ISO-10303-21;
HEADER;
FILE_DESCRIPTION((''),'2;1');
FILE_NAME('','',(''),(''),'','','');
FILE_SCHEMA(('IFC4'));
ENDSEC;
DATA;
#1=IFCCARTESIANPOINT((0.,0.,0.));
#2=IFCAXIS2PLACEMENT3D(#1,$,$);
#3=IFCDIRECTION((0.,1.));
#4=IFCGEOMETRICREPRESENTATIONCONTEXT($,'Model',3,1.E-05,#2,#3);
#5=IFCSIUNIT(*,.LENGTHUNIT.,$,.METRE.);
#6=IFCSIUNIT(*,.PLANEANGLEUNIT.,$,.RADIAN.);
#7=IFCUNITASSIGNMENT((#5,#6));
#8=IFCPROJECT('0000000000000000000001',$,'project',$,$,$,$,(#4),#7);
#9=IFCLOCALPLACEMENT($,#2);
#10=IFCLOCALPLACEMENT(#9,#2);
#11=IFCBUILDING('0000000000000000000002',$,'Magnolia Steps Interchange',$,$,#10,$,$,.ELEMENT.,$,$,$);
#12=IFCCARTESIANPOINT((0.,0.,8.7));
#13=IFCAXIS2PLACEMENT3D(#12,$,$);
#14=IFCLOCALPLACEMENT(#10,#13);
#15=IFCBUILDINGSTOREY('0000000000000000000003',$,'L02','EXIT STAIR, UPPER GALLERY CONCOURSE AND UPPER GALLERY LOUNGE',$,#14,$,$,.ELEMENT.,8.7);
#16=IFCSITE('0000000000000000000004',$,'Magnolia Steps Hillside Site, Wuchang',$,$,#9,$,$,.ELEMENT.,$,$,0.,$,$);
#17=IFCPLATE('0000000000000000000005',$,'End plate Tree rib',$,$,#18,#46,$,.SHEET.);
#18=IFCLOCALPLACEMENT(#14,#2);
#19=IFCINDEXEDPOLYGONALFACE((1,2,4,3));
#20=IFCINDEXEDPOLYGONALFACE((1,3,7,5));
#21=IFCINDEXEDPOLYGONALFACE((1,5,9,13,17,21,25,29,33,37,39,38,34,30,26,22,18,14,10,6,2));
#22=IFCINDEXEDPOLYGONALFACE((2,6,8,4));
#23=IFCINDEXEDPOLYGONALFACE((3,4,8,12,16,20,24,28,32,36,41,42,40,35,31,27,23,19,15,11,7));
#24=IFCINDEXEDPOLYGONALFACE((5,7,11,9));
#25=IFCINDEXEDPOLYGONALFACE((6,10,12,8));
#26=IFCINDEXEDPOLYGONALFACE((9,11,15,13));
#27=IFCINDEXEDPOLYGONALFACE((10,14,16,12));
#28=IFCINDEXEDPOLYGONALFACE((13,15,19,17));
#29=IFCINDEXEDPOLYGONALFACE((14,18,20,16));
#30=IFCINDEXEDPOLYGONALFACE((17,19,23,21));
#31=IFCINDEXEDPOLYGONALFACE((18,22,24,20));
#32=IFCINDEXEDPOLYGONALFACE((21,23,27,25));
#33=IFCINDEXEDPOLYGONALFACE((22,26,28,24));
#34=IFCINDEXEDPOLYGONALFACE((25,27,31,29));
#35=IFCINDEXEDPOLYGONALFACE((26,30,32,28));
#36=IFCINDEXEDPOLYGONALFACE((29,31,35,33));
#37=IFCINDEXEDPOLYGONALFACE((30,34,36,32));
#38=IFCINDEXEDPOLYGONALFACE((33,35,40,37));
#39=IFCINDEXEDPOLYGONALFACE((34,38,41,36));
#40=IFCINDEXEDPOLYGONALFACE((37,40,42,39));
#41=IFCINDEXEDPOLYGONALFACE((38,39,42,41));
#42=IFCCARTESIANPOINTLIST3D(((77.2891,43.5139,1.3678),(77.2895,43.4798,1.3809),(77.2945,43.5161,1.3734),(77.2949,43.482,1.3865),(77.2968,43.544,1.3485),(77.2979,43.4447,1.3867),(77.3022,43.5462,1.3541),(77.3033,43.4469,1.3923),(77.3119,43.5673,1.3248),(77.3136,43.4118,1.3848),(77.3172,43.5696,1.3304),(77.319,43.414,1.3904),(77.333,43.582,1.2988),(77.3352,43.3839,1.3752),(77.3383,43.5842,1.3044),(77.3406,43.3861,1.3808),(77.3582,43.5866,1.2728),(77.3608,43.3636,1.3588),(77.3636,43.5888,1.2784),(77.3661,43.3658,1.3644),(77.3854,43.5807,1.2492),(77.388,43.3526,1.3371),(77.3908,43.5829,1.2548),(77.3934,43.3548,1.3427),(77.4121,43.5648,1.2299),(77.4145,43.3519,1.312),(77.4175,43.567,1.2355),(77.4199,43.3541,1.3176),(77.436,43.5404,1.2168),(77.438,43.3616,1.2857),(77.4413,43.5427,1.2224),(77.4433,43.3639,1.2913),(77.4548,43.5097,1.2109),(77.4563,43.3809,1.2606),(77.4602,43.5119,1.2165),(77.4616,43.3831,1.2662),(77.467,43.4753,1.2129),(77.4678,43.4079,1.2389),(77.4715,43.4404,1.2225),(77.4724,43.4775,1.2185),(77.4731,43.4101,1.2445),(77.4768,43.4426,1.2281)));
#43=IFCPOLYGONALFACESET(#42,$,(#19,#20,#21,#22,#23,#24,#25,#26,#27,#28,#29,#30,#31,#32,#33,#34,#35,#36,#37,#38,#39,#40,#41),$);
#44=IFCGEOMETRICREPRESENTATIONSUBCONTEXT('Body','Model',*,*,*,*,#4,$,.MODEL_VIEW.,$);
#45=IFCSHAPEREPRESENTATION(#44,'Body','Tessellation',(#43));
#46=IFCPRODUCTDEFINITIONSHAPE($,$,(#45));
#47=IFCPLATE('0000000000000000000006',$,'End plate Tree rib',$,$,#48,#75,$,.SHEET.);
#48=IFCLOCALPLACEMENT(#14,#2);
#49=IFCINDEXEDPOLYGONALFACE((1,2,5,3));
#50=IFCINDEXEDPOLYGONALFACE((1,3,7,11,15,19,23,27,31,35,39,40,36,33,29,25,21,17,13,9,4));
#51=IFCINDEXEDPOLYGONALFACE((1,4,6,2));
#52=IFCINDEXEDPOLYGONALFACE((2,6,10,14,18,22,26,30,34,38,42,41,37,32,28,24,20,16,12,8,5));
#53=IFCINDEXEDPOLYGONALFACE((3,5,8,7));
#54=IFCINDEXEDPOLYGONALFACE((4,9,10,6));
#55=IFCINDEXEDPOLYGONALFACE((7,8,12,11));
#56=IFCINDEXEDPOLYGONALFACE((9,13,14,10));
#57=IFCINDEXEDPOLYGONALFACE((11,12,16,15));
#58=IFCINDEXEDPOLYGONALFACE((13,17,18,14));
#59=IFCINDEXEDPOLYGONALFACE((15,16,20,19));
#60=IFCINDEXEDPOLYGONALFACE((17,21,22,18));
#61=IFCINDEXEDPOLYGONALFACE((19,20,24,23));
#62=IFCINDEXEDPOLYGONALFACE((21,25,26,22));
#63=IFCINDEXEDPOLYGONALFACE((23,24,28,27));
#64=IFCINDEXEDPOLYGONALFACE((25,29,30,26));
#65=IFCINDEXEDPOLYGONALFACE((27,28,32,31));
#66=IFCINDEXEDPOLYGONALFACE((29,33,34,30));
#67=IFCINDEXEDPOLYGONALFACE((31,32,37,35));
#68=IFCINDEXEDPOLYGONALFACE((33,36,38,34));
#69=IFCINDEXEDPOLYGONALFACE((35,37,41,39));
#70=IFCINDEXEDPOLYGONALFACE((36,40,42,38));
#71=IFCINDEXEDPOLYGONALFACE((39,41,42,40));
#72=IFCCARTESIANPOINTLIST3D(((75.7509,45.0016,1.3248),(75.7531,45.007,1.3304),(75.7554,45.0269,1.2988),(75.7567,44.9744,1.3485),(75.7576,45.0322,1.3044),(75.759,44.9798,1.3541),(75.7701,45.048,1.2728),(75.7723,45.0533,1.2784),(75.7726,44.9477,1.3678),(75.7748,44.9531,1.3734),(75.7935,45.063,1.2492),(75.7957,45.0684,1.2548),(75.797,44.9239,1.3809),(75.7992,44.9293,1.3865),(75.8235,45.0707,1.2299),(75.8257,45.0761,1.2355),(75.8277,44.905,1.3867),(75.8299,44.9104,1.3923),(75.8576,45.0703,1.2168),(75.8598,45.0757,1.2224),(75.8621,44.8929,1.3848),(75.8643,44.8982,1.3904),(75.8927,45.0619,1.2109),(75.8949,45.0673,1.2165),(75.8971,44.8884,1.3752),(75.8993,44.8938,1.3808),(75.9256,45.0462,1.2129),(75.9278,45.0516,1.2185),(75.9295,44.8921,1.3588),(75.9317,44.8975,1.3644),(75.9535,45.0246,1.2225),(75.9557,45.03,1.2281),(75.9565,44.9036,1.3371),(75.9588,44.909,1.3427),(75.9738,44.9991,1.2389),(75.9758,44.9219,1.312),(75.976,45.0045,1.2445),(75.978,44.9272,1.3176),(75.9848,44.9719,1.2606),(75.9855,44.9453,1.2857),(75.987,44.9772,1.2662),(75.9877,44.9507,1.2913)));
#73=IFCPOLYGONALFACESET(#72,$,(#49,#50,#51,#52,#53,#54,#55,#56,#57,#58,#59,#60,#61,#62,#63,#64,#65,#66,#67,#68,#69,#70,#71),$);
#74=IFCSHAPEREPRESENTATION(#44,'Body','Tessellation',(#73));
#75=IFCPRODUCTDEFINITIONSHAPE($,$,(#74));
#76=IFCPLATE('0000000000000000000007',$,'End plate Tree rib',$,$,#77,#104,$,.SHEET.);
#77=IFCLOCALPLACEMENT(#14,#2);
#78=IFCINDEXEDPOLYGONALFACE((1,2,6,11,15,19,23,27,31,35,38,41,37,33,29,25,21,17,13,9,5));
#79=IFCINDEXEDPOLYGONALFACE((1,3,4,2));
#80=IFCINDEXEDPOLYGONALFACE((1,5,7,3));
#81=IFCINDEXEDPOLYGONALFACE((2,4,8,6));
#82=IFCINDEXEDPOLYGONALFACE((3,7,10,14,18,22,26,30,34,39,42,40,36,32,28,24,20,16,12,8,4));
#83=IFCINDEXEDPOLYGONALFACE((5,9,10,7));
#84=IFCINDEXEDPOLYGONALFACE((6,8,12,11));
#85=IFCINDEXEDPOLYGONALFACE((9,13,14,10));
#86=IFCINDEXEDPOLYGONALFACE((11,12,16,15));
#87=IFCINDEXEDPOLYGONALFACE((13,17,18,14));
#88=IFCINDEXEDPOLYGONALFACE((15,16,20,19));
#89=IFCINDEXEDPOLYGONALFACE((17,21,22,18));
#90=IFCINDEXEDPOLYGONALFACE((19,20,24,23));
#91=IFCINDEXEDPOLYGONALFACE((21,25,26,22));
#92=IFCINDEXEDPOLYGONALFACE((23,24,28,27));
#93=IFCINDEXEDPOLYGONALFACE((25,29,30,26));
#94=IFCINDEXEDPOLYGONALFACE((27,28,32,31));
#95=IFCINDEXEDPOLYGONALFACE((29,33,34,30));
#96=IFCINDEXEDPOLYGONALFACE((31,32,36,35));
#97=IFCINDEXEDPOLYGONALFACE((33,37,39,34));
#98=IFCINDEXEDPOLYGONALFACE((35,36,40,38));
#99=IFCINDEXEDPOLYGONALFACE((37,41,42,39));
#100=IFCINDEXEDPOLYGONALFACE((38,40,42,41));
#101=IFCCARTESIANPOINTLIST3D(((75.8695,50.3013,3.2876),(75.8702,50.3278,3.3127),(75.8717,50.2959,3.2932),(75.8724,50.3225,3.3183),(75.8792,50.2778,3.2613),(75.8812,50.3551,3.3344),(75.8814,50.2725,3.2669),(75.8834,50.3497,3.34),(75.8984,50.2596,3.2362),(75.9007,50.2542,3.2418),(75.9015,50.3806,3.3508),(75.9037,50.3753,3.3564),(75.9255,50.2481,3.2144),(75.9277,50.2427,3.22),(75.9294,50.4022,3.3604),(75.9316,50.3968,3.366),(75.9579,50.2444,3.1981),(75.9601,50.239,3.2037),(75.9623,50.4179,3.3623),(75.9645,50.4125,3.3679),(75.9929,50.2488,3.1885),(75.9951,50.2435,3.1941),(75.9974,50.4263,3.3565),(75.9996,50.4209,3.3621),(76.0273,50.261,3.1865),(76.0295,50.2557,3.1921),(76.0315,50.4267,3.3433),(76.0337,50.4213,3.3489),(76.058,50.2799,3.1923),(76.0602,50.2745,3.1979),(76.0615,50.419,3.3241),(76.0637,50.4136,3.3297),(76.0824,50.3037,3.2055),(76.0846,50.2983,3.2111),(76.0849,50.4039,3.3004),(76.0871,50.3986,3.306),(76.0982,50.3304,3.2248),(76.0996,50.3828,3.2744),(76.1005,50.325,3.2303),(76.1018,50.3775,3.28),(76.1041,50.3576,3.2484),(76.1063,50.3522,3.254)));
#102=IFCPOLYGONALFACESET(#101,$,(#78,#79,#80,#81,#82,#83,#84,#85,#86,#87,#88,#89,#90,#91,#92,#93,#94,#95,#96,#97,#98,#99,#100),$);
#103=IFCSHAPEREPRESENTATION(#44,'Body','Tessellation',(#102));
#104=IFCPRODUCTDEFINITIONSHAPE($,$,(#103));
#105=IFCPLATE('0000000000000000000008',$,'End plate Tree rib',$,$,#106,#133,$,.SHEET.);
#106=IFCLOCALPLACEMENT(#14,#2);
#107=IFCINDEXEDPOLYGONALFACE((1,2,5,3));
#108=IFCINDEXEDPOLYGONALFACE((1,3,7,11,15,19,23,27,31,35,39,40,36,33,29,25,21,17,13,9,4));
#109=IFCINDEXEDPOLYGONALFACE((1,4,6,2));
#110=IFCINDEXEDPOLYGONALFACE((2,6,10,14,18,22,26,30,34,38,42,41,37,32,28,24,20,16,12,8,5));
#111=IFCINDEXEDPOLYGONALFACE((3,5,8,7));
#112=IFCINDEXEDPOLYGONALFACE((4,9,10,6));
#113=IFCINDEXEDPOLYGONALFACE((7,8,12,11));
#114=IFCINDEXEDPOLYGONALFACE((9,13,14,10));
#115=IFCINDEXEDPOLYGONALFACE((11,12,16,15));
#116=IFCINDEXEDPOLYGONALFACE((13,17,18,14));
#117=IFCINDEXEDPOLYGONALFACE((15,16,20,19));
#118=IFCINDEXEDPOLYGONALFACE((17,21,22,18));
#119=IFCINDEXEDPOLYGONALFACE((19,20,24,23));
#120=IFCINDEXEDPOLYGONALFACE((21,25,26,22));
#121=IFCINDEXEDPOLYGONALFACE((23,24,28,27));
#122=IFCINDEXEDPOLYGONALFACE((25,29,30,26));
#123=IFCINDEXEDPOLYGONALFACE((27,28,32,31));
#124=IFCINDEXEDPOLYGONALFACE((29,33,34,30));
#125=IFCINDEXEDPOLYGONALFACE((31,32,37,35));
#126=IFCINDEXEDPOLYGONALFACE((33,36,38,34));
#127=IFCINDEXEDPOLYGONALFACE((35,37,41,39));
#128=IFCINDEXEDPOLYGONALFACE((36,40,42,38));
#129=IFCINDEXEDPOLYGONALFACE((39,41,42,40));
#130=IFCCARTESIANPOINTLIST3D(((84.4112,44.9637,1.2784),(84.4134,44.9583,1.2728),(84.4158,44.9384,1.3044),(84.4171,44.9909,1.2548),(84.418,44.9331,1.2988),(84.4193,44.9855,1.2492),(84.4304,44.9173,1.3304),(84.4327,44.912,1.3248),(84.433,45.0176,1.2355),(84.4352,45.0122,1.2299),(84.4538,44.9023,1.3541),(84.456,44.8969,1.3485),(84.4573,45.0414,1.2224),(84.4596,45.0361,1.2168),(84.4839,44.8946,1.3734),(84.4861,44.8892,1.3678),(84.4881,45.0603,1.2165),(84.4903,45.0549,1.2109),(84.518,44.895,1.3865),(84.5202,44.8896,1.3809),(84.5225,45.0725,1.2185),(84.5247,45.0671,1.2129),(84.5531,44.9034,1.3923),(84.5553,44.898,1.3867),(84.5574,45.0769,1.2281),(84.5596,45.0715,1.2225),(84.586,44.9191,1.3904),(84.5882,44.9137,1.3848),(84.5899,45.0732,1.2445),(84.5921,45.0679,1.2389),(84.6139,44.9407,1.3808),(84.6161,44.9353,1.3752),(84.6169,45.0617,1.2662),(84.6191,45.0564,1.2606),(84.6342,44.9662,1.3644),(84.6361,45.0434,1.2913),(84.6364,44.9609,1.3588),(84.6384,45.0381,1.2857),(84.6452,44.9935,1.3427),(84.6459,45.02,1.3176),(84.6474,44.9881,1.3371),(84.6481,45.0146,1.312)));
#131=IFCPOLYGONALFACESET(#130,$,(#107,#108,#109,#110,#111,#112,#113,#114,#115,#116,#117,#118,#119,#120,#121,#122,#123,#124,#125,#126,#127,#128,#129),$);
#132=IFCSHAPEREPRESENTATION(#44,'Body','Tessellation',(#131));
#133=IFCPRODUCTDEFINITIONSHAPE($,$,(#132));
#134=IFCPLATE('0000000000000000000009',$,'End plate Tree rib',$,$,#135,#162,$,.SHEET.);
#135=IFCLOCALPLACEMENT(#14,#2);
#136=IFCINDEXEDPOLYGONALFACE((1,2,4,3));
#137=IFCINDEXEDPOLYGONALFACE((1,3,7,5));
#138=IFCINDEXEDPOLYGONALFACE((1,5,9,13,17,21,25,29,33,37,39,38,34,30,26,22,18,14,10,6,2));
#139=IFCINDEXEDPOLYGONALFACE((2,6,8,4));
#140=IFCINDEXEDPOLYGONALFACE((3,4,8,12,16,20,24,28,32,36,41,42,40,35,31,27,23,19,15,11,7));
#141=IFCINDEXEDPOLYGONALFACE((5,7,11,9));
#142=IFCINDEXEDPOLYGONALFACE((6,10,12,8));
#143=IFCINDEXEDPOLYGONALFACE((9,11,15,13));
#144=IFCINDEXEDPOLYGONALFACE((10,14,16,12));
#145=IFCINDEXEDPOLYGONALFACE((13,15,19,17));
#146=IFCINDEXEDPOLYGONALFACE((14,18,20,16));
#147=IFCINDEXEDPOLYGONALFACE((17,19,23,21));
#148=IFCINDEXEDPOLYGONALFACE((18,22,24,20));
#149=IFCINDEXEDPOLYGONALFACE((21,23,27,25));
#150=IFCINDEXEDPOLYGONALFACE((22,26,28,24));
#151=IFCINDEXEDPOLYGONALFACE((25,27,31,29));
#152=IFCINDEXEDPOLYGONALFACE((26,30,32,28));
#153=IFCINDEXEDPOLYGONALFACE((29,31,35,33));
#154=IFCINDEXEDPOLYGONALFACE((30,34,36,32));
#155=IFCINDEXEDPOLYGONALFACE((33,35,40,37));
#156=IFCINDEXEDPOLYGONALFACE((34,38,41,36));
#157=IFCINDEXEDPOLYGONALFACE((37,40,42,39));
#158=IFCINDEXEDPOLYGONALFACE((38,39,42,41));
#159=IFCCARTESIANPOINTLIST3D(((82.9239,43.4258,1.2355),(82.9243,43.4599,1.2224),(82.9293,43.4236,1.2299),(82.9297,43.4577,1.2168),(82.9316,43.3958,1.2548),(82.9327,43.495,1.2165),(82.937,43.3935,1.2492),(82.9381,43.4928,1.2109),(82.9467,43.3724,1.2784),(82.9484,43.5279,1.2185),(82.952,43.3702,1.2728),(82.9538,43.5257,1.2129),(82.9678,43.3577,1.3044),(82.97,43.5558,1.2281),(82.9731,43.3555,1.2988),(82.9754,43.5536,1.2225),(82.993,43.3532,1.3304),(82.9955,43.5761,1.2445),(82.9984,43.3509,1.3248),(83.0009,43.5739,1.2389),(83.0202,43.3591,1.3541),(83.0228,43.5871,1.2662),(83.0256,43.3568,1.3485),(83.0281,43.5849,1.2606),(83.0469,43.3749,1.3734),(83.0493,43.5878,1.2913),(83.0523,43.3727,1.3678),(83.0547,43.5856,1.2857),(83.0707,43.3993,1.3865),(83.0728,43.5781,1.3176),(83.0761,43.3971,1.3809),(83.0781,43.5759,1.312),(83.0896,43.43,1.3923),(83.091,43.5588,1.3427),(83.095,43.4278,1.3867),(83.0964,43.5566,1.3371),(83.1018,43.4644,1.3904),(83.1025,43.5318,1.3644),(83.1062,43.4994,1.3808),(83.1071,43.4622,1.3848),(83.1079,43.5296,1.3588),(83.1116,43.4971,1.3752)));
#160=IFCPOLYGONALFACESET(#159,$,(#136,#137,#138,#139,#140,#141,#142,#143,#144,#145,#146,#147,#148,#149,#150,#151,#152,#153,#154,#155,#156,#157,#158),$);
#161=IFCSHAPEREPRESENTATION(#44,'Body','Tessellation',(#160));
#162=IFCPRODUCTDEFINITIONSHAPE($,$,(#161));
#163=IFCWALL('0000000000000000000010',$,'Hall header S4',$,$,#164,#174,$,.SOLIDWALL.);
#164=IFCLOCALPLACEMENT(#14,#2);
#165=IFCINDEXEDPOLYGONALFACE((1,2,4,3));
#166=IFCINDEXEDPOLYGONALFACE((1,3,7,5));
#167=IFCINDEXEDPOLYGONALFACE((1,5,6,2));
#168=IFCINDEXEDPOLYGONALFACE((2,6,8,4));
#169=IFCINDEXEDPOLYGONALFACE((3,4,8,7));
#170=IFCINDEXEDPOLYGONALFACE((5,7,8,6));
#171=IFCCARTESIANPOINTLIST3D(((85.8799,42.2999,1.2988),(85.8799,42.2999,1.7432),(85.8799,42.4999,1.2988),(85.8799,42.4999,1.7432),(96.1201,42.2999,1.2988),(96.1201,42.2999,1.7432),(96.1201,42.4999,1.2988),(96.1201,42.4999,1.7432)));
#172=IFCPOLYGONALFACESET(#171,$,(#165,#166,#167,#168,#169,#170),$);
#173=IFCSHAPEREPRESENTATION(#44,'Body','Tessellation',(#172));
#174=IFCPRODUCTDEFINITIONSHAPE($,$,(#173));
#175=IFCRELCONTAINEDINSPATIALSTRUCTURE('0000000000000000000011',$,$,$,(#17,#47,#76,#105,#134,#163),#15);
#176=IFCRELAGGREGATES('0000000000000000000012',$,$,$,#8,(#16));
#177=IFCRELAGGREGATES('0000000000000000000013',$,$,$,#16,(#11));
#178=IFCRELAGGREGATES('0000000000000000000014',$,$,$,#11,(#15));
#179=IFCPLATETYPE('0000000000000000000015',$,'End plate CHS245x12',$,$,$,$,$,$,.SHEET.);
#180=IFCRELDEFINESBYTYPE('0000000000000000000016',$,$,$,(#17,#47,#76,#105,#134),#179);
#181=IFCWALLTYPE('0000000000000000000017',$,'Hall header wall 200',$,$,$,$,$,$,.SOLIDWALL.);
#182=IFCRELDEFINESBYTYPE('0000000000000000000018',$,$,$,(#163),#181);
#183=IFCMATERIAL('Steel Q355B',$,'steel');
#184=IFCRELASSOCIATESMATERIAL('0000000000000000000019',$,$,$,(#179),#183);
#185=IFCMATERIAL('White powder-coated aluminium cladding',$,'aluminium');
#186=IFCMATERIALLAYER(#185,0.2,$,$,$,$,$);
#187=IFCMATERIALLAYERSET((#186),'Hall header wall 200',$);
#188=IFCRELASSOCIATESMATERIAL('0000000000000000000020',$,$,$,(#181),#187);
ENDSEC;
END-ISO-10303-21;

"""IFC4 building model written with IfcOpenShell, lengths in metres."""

from ifc_helpers import new_model, si_unit, direction, frame, frame_2d, origin, origin_2d, place, context, subcontext, project, spatial, rectangle, circle, extrude, material, layer, layer_set, material_profile, profile_set, type_object, element, save


model = new_model("IFC4")

# Units and contexts
model_context = context("Model", 3, precision=1e-05, world=origin(), true_north=direction((0.0, 1.0)))
body_context = subcontext(model_context, "Body", "Model", "MODEL_VIEW")
ifc_project = project(units=[si_unit("LENGTHUNIT", "METRE"), si_unit("PLANEANGLEUNIT", "RADIAN")], contexts=[model_context])

# Site, building, storey
site_placement = place(None, origin())
site = spatial("IfcSite", under=ifc_project, at=site_placement, Name="Magnolia Steps Hillside Site, Wuchang", CompositionType="ELEMENT", RefElevation=0.0)
building_placement = place(site_placement, origin())
building = spatial("IfcBuilding", under=site, at=building_placement, Name="Magnolia Steps Interchange", CompositionType="ELEMENT")
storey_placement = place(building_placement, frame((0.0, 0.0, 8.7)))
storey = spatial("IfcBuildingStorey", under=building, at=storey_placement, Name="L02", Description="EXIT STAIR, UPPER GALLERY CONCOURSE AND UPPER GALLERY LOUNGE", CompositionType="ELEMENT", Elevation=8.7)

# Plates
ifc_material_1 = material(Name="Steel Q355B", Category="steel")
ifc_material_profile_1 = material_profile(ifc_material_1, circle(Radius=0.1226, at=origin_2d()), Name="End plate CHS245x12")
ifc_profile_set_1 = profile_set([ifc_material_profile_1], Name="Steel Q355B")
plate_type = type_object("IfcPlateType", Name="End plate CHS245x12", PredefinedType="SHEET", material=ifc_profile_set_1)
for number, where, z_axis, x_axis, name in (
    (1, (77.3799, 43.4688, 1.2988), (0.664583, 0.275279, 0.694658), (-0.382683, 0.92388, 0.0), "End plate Tree rib"),
    (2, (75.8687, 44.98, 1.2988), (0.275279, 0.664583, 0.694658), (-0.92388, 0.382683, 0.0), "End plate Tree rib"),
    (3, (75.9863, 50.3359, 3.2744), (0.275279, -0.664583, 0.694658), (0.92388, 0.382683, 0.0), "End plate Tree rib"),
    (4, (84.5312, 44.98, 1.2988), (-0.275279, 0.664583, 0.694658), (-0.92388, -0.382683, 0.0), "End plate Tree rib"),
    (5, (83.02, 43.4688, 1.2988), (-0.664583, 0.275279, 0.694658), (-0.382683, -0.92388, 0.0), "End plate Tree rib"),
):
    element("IfcPlate", number, at=place(storey_placement, frame(where, z_axis=z_axis, x_axis=x_axis)), inside=storey, type_object=plate_type, Name=name, PredefinedType="SHEET", context=body_context, shape_type="SweptSolid", body=[
        extrude(circle(Radius=0.1226, at=origin_2d()), origin(), (0.0, 0.0, 1.0), 0.0081),
    ])

# Wall
ifc_material_2 = material(Name="White powder-coated aluminium cladding", Category="aluminium")
ifc_layer_1 = layer(ifc_material_2, 0.2)
ifc_layer_set_1 = layer_set([ifc_layer_1], Name="Hall header wall 200")
wall_type = type_object("IfcWallType", Name="Hall header wall 200", PredefinedType="SOLIDWALL", material=ifc_layer_set_1)
wall_placement = place(storey_placement, frame((85.8799, 42.3999, 1.2988), z_axis=(0.0, 0.0, 1.0), x_axis=(1.0, 0.0, 0.0)))
element("IfcWall", 6, at=wall_placement, inside=storey, type_object=wall_type, Name="Hall header S4", PredefinedType="SOLIDWALL", context=body_context, shape_type="SweptSolid", body=[
    extrude(rectangle(XDim=10.2402, YDim=0.2, at=frame_2d((5.1201, 0.0))), origin(), (0.0, 0.0, 1.0), 0.4443),
])

save(model, "model.ifc")
